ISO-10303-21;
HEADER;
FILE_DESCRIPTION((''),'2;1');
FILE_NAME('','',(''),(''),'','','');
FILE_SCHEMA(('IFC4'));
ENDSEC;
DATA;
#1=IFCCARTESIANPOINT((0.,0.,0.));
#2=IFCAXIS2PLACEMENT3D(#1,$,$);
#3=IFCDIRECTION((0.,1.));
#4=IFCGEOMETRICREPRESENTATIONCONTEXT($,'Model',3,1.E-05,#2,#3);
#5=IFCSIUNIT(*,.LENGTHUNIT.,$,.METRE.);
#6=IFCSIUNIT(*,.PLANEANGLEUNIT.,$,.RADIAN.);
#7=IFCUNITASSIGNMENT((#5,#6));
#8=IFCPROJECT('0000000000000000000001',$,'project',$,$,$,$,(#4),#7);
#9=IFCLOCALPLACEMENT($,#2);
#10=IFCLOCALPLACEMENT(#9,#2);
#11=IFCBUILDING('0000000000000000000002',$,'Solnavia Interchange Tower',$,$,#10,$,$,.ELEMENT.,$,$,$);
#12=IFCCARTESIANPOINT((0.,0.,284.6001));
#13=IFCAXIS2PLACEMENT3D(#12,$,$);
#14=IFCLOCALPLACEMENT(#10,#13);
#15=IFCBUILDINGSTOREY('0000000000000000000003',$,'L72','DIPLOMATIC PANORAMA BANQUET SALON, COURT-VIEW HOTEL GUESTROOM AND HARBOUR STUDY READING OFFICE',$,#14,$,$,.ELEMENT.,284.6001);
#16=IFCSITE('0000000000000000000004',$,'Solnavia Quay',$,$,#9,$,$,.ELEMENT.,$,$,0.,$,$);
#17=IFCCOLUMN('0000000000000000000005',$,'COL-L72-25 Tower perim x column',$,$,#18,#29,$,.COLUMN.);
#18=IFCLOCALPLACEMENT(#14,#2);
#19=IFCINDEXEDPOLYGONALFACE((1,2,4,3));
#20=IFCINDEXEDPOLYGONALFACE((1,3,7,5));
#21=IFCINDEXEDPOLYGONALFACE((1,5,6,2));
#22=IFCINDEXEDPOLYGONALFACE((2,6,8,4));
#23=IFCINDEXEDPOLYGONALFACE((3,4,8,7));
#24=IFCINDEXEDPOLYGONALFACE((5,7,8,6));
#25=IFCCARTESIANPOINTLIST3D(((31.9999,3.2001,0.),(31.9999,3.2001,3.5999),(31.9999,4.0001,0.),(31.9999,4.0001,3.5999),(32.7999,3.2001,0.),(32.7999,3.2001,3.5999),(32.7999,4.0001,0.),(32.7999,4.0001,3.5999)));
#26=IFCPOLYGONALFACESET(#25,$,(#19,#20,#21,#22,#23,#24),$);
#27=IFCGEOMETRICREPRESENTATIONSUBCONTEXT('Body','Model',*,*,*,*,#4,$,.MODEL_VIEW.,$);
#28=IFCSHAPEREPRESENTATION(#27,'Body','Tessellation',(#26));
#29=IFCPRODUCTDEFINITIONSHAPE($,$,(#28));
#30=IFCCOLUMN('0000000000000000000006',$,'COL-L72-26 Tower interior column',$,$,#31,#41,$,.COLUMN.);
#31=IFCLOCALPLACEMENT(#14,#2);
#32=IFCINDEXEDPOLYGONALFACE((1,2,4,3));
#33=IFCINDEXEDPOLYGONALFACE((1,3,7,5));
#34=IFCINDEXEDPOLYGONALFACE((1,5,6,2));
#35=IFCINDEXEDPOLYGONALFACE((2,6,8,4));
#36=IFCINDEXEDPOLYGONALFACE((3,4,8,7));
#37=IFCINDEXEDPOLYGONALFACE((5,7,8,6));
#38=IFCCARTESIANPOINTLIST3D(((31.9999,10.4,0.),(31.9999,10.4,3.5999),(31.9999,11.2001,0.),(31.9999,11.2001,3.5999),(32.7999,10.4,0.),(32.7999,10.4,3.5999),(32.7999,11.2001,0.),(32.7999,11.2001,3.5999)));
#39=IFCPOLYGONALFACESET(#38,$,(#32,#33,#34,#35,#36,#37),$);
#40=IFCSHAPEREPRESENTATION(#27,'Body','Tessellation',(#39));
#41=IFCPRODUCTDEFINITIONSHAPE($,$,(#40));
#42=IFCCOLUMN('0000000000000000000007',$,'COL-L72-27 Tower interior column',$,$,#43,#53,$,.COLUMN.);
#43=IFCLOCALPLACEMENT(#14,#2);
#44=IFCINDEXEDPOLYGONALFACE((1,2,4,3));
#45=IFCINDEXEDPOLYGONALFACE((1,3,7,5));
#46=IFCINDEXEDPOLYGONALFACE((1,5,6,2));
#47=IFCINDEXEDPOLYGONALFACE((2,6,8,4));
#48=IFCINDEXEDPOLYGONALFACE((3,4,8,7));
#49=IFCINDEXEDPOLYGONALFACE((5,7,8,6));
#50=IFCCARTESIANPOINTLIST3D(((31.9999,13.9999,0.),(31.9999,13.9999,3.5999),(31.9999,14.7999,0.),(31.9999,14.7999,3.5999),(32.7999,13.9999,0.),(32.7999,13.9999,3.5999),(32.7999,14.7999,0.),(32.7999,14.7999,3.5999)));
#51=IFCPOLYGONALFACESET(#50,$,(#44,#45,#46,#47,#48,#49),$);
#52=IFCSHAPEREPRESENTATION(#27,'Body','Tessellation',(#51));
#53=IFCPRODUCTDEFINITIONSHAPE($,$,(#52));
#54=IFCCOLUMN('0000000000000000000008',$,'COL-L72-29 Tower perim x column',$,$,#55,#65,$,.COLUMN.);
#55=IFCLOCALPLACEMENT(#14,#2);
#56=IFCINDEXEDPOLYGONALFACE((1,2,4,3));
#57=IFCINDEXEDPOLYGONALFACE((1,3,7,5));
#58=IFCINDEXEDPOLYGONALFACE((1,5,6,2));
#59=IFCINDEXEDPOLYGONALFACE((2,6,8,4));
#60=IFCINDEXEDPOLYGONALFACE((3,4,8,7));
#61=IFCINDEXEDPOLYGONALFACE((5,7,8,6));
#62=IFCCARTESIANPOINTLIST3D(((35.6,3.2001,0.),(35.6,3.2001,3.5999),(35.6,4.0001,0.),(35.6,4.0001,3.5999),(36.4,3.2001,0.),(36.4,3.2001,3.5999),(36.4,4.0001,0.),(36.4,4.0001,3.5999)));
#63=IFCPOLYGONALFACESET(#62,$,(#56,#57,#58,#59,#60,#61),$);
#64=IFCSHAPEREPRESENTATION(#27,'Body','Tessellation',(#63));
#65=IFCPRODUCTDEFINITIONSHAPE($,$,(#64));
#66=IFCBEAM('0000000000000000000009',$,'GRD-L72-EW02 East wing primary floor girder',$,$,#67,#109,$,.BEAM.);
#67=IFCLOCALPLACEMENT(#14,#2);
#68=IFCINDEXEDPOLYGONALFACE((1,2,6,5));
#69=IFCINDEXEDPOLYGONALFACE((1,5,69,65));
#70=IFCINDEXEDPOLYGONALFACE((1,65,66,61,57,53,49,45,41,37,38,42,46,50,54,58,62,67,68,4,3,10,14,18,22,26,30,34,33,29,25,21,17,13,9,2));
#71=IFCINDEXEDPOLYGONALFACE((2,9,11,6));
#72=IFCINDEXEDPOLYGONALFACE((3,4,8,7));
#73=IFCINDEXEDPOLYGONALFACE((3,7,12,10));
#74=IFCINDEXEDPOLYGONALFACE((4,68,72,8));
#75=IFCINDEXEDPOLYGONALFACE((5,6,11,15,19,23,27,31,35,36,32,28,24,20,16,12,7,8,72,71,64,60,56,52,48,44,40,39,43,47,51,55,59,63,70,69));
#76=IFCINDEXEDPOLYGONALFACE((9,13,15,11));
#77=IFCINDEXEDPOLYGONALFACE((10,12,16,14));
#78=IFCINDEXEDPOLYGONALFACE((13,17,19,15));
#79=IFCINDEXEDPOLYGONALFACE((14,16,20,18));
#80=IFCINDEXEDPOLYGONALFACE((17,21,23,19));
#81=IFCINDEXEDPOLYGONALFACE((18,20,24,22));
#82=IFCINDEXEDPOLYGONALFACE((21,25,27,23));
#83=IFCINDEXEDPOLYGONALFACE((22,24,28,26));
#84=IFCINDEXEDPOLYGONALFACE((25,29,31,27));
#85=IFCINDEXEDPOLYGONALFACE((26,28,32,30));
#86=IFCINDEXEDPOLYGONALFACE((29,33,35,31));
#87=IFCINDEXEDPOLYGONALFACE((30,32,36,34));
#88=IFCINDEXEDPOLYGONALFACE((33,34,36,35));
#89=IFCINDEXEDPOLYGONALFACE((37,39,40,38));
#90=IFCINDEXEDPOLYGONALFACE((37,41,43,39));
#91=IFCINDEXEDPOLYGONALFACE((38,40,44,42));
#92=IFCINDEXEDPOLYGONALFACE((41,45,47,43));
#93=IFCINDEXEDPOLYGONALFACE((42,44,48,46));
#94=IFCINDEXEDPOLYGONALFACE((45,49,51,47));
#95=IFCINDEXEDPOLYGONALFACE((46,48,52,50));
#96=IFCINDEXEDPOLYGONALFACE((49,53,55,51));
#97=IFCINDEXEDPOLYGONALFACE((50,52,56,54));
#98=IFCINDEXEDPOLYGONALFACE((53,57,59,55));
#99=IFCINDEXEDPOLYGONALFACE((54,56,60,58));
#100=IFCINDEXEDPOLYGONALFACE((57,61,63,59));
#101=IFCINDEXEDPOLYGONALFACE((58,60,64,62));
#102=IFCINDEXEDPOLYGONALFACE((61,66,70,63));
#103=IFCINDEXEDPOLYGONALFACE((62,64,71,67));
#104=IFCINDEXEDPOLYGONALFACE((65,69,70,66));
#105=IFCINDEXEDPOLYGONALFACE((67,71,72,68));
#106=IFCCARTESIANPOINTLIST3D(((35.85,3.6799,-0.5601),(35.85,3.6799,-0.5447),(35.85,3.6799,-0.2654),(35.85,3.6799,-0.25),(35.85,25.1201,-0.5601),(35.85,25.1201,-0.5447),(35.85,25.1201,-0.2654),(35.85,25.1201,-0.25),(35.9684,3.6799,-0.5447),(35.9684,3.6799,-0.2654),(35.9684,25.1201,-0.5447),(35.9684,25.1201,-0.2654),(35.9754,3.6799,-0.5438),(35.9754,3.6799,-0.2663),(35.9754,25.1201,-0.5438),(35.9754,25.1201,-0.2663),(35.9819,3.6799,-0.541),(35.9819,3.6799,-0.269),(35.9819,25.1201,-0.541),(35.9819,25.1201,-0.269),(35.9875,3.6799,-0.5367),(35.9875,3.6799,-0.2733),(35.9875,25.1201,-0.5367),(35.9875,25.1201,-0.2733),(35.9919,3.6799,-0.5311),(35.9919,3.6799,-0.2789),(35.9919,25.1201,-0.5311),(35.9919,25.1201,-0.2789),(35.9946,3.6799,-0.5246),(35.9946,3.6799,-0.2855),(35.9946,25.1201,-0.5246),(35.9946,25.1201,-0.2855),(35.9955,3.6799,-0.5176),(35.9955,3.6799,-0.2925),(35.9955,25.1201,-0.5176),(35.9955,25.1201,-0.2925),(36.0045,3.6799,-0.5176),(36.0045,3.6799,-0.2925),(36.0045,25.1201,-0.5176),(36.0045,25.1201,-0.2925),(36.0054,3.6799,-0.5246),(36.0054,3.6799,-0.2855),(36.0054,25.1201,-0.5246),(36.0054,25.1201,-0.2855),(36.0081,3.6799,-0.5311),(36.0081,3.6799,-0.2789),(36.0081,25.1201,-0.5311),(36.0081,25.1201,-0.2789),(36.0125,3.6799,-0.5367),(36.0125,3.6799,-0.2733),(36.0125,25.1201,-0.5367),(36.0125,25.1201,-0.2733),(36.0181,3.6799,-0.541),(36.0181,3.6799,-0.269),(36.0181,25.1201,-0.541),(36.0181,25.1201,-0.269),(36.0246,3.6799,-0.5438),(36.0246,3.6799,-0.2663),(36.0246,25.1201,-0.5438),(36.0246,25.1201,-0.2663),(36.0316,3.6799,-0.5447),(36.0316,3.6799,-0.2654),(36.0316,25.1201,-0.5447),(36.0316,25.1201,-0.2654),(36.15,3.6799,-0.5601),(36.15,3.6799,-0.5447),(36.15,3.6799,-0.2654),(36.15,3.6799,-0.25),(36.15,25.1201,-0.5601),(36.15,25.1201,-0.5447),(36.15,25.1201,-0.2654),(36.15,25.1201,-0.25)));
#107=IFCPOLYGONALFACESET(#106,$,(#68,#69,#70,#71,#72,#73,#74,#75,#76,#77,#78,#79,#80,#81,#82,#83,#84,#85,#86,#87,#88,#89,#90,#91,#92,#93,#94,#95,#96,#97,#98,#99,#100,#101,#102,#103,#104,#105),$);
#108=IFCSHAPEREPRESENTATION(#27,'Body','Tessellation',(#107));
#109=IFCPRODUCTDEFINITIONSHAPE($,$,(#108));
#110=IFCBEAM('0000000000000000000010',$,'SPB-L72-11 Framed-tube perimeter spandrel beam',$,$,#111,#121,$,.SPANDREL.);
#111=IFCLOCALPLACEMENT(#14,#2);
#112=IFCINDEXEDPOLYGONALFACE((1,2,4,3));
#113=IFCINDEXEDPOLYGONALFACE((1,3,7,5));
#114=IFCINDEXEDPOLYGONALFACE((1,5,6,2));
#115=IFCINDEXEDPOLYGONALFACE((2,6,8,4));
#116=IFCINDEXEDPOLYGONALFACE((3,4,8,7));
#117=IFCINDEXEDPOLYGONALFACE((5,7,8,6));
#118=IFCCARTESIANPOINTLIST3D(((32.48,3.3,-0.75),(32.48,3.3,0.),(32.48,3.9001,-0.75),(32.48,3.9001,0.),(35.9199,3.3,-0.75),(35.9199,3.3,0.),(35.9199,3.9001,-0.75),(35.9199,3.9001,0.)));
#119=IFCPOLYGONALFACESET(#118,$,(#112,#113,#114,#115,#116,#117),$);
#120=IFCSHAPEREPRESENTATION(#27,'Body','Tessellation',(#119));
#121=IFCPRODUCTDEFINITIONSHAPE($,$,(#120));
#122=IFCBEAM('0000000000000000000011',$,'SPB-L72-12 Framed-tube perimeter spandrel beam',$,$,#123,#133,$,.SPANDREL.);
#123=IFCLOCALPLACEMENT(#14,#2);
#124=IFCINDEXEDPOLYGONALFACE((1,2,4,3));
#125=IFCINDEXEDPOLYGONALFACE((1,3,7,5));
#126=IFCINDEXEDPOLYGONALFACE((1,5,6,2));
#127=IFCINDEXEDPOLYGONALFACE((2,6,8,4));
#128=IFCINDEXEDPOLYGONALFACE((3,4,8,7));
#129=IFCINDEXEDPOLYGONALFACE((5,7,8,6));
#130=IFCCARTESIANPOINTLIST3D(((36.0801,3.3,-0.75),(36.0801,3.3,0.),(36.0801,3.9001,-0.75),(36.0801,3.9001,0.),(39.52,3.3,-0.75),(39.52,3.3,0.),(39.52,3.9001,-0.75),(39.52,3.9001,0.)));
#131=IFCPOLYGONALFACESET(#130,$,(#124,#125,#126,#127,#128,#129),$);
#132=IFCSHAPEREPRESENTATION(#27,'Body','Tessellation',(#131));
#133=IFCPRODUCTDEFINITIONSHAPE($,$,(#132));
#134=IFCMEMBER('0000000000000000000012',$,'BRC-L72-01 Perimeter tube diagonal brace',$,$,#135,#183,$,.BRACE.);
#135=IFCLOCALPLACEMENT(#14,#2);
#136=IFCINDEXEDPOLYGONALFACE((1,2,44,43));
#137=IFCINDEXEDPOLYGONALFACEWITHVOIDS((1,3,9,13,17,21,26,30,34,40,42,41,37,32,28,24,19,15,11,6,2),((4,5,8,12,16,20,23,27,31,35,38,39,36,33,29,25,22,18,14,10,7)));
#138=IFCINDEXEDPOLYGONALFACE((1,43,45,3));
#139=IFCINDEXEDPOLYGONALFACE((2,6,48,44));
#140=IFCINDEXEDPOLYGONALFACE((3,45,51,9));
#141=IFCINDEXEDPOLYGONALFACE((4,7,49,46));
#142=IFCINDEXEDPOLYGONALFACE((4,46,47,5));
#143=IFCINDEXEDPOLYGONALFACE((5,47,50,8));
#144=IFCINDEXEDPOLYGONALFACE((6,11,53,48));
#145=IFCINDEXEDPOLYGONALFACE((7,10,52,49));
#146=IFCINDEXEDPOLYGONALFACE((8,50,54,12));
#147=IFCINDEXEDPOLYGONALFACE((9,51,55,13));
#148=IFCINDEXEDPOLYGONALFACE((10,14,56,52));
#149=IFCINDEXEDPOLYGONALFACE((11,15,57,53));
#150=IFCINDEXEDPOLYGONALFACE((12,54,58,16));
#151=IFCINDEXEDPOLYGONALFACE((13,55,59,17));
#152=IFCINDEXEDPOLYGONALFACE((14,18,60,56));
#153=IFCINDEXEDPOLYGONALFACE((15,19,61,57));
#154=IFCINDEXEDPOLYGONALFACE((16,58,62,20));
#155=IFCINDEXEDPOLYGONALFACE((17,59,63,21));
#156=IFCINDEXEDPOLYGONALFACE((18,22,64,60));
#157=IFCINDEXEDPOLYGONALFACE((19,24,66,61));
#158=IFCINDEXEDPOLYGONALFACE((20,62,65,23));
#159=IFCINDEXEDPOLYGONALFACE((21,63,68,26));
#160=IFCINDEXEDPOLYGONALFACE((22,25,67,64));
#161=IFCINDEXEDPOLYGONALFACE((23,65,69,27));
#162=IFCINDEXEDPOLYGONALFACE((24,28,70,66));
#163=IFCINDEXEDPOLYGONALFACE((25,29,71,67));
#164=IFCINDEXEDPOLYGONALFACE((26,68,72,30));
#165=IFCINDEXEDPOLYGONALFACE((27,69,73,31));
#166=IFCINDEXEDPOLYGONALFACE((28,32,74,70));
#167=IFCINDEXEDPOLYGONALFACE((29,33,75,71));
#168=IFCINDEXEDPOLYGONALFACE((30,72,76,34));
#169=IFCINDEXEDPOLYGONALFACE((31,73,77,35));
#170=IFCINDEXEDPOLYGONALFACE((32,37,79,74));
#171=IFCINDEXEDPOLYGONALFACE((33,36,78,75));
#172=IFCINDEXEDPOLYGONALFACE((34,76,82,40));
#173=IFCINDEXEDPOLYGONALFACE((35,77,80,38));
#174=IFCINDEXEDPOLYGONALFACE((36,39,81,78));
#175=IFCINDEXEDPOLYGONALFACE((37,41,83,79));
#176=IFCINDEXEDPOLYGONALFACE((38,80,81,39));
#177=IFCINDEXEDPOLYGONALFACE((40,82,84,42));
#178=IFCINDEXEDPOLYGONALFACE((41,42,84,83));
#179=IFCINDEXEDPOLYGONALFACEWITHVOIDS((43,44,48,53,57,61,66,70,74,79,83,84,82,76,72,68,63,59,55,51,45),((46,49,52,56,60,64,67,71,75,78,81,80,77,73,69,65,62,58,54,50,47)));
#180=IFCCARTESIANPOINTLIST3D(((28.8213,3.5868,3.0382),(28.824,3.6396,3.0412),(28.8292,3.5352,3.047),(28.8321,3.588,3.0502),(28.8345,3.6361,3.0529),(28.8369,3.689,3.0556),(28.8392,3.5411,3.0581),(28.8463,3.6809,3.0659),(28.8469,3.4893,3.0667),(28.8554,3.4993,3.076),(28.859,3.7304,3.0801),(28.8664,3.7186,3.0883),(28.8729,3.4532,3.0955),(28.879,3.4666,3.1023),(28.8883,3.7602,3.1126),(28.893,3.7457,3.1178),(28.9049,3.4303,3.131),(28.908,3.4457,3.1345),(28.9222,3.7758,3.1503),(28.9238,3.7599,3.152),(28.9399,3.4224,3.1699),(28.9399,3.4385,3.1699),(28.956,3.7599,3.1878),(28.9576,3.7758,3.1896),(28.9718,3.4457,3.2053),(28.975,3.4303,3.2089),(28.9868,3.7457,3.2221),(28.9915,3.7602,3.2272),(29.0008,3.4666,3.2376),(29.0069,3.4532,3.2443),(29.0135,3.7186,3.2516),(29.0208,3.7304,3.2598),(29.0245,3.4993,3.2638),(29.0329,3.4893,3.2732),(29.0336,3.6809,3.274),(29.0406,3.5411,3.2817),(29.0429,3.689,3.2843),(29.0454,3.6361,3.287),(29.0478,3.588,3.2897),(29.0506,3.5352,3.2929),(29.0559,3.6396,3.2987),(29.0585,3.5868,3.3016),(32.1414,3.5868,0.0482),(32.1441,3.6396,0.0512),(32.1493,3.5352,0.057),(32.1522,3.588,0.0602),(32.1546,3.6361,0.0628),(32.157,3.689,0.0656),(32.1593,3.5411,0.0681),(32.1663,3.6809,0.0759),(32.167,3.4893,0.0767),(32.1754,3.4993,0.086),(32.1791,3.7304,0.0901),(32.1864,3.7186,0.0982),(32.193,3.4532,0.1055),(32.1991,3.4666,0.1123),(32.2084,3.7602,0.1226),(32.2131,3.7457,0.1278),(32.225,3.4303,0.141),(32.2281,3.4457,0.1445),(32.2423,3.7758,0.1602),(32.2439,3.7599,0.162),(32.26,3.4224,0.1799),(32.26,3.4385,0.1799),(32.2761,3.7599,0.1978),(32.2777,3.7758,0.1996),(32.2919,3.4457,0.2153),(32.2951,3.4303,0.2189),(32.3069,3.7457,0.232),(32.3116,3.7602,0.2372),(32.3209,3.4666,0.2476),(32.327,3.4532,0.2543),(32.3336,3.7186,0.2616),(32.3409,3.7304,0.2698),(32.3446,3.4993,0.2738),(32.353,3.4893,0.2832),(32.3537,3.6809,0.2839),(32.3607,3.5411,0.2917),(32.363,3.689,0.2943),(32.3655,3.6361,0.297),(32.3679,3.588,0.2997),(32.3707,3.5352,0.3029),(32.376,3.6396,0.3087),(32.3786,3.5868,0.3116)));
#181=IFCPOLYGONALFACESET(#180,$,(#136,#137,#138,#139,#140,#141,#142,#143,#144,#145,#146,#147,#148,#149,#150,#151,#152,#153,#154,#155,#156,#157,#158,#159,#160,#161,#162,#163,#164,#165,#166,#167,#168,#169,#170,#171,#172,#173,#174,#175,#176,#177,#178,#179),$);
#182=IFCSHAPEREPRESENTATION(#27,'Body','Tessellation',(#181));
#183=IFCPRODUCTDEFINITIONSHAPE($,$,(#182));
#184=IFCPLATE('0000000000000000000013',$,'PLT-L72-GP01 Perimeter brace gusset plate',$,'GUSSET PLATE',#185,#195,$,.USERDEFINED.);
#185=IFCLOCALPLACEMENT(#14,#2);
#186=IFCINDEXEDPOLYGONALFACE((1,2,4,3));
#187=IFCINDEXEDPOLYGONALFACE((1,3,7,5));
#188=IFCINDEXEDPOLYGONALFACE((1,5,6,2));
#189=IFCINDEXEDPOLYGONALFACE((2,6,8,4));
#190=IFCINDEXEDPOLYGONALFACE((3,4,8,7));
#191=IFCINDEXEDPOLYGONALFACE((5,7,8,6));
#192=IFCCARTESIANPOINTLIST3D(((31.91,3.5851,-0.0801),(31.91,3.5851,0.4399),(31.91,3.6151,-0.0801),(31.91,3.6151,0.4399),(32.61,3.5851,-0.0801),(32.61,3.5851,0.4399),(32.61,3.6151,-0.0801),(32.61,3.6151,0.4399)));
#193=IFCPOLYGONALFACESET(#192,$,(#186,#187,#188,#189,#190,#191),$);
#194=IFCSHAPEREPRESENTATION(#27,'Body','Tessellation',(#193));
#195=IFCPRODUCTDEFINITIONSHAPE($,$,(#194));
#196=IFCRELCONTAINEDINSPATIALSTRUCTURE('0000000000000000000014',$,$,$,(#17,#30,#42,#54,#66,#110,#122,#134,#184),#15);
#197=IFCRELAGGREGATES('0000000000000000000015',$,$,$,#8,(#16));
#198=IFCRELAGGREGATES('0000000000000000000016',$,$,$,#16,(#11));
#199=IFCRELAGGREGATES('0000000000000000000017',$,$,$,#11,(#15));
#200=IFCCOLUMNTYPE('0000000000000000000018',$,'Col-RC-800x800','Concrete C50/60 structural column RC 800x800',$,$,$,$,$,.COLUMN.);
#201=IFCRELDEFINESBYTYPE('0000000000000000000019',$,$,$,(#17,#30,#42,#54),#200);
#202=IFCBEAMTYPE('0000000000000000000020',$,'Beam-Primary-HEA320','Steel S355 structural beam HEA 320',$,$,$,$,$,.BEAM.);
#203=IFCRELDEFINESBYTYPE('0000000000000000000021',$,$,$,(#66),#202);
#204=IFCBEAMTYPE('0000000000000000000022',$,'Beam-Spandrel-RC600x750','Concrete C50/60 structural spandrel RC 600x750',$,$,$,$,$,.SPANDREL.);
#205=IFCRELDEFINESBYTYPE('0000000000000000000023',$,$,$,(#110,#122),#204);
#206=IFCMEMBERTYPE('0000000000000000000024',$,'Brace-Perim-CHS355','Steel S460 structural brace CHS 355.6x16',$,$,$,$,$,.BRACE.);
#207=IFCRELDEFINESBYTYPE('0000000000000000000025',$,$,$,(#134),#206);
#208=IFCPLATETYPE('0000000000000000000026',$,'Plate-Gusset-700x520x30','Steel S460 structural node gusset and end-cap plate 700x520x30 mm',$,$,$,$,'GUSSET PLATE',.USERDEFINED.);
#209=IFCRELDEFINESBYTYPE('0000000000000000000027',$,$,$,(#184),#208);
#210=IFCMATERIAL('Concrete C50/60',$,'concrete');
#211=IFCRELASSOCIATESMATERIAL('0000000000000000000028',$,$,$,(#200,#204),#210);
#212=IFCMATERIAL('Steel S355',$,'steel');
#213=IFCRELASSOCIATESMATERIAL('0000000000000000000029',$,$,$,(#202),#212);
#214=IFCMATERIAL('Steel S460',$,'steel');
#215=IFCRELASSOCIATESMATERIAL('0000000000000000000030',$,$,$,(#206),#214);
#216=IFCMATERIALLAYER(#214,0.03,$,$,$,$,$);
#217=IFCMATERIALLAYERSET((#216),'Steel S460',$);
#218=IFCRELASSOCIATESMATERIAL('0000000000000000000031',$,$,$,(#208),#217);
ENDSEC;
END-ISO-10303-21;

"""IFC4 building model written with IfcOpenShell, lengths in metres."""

from ifc_helpers import new_model, si_unit, direction, frame, origin, origin_2d, place, context, subcontext, project, spatial, rectangle, hollow_circle, i_section, extrude, material, layer, layer_set, material_profile, profile_set, type_object, element, save


model = new_model("IFC4")

# Units and contexts
model_context = context("Model", 3, precision=1e-05, world=origin(), true_north=direction((0.0, 1.0)))
body_context = subcontext(model_context, "Body", "Model", "MODEL_VIEW")
ifc_project = project(units=[si_unit("LENGTHUNIT", "METRE"), si_unit("PLANEANGLEUNIT", "RADIAN")], contexts=[model_context])

# Site, building, storey
site_placement = place(None, origin())
site = spatial("IfcSite", under=ifc_project, at=site_placement, Name="Solnavia Quay", CompositionType="ELEMENT", RefElevation=0.0)
building_placement = place(site_placement, origin())
building = spatial("IfcBuilding", under=site, at=building_placement, Name="Solnavia Interchange Tower", CompositionType="ELEMENT")
storey_placement = place(building_placement, frame((0.0, 0.0, 284.6001)))
storey = spatial("IfcBuildingStorey", under=building, at=storey_placement, Name="L72", Description="DIPLOMATIC PANORAMA BANQUET SALON, COURT-VIEW HOTEL GUESTROOM AND HARBOUR STUDY READING OFFICE", CompositionType="ELEMENT", Elevation=284.6001)

# Columns
ifc_material_1 = material(Name="Concrete C50/60", Category="concrete")
ifc_material_profile_1 = material_profile(ifc_material_1, rectangle(XDim=0.8, YDim=0.8, at=origin_2d()), Name="RC 800x800")
ifc_profile_set_1 = profile_set([ifc_material_profile_1], Name="Concrete C50/60")
column_type = type_object("IfcColumnType", Name="Col-RC-800x800", Description="Concrete C50/60 structural column RC 800x800", PredefinedType="COLUMN", material=ifc_profile_set_1)
for number, where, z_axis, x_axis, name in (
    (1, (32.3999, 3.6001, 0.0), (0.0, 0.0, 1.0), (1.0, 0.0, 0.0), "COL-L72-25 Tower perim x column"),
    (2, (32.3999, 10.8, 0.0), (0.0, 0.0, 1.0), (1.0, 0.0, 0.0), "COL-L72-26 Tower interior column"),
    (3, (32.3999, 14.3999, 0.0), (0.0, 0.0, 1.0), (1.0, 0.0, 0.0), "COL-L72-27 Tower interior column"),
    (4, (36.0, 3.6001, 0.0), (0.0, 0.0, 1.0), (1.0, 0.0, 0.0), "COL-L72-29 Tower perim x column"),
):
    element("IfcColumn", number, at=place(storey_placement, frame(where, z_axis=z_axis, x_axis=x_axis)), inside=storey, type_object=column_type, Name=name, PredefinedType="COLUMN", context=body_context, shape_type="SweptSolid", body=[
        extrude(rectangle(XDim=0.8, YDim=0.8, at=origin_2d()), origin(), (0.0, 0.0, 1.0), 3.5999),
    ])

# Beams
ifc_material_2 = material(Name="Steel S355", Category="steel")
ifc_material_profile_2 = material_profile(ifc_material_2, i_section(OverallWidth=0.3, OverallDepth=0.3101, WebThickness=0.009, FlangeThickness=0.0154, FilletRadius=0.0271, at=origin_2d()), Name="HEA 320")
ifc_profile_set_2 = profile_set([ifc_material_profile_2], Name="Steel S355")
beam_type_1 = type_object("IfcBeamType", Name="Beam-Primary-HEA320", Description="Steel S355 structural beam HEA 320", PredefinedType="BEAM", material=ifc_profile_set_2)
beam_placement = place(storey_placement, frame((36.0, 3.6799, -0.405), z_axis=(0.0, 1.0, 0.0), x_axis=(-1.0, 0.0, 0.0)))
element("IfcBeam", 5, at=beam_placement, inside=storey, type_object=beam_type_1, Name="GRD-L72-EW02 East wing primary floor girder", PredefinedType="BEAM", context=body_context, shape_type="SweptSolid", body=[
    extrude(i_section(OverallWidth=0.3, OverallDepth=0.3101, WebThickness=0.009, FlangeThickness=0.0154, FilletRadius=0.0271, at=origin_2d()), origin(), (0.0, 0.0, 1.0), 21.4402),
])
ifc_material_profile_3 = material_profile(ifc_material_1, rectangle(XDim=0.6001, YDim=0.75, at=origin_2d()), Name="RC 600x750")
ifc_profile_set_3 = profile_set([ifc_material_profile_3], Name="Concrete C50/60")
beam_type_2 = type_object("IfcBeamType", Name="Beam-Spandrel-RC600x750", Description="Concrete C50/60 structural spandrel RC 600x750", PredefinedType="SPANDREL", material=ifc_profile_set_3)
for number, where, z_axis, x_axis, name in (
    (6, (32.48, 3.6001, -0.375), (1.0, 0.0, 0.0), (0.0, 1.0, 0.0), "SPB-L72-11 Framed-tube perimeter spandrel beam"),
    (7, (36.0801, 3.6001, -0.375), (1.0, 0.0, 0.0), (0.0, 1.0, 0.0), "SPB-L72-12 Framed-tube perimeter spandrel beam"),
):
    element("IfcBeam", number, at=place(storey_placement, frame(where, z_axis=z_axis, x_axis=x_axis)), inside=storey, type_object=beam_type_2, Name=name, PredefinedType="SPANDREL", context=body_context, shape_type="SweptSolid", body=[
        extrude(rectangle(XDim=0.6001, YDim=0.75, at=origin_2d()), origin(), (0.0, 0.0, 1.0), 3.4399),
    ])

# Member
ifc_material_3 = material(Name="Steel S460", Category="steel")
ifc_material_profile_4 = material_profile(ifc_material_3, hollow_circle(Radius=0.1777, WallThickness=0.0161, at=origin_2d()), Name="CHS 355.6x16")
ifc_profile_set_4 = profile_set([ifc_material_profile_4], Name="Steel S460")
member_type = type_object("IfcMemberType", Name="Brace-Perim-CHS355", Description="Steel S460 structural brace CHS 355.6x16", PredefinedType="BRACE", material=ifc_profile_set_4)
member_placement = place(storey_placement, frame((32.26, 3.6001, 0.1799), z_axis=(-0.743079, 0.0, 0.669203), x_axis=(0.0, -1.0, 0.0)))
element("IfcMember", 8, at=member_placement, inside=storey, type_object=member_type, Name="BRC-L72-01 Perimeter tube diagonal brace", PredefinedType="BRACE", context=body_context, shape_type="SweptSolid", body=[
    extrude(hollow_circle(Radius=0.1777, WallThickness=0.0161, at=origin_2d()), origin(), (0.0, 0.0, 1.0), 4.468),
])

# Plate
ifc_layer_1 = layer(ifc_material_3, 0.03)
ifc_layer_set_1 = layer_set([ifc_layer_1], Name="Steel S460")
plate_type = type_object("IfcPlateType", Name="Plate-Gusset-700x520x30", Description="Steel S460 structural node gusset and end-cap plate 700x520x30 mm", ElementType="GUSSET PLATE", PredefinedType="USERDEFINED", material=ifc_layer_set_1)
plate_placement = place(storey_placement, frame((32.26, 3.6001, -0.0801), z_axis=(0.0, 0.0, 1.0), x_axis=(-1.0, 0.0, 0.0)))
element("IfcPlate", 9, at=plate_placement, inside=storey, type_object=plate_type, Name="PLT-L72-GP01 Perimeter brace gusset plate", ObjectType="GUSSET PLATE", PredefinedType="USERDEFINED", context=body_context, shape_type="SweptSolid", body=[
    extrude(rectangle(XDim=0.7, YDim=0.03, at=origin_2d()), origin(), (0.0, 0.0, 1.0), 0.52),
])

save(model, "model.ifc")
